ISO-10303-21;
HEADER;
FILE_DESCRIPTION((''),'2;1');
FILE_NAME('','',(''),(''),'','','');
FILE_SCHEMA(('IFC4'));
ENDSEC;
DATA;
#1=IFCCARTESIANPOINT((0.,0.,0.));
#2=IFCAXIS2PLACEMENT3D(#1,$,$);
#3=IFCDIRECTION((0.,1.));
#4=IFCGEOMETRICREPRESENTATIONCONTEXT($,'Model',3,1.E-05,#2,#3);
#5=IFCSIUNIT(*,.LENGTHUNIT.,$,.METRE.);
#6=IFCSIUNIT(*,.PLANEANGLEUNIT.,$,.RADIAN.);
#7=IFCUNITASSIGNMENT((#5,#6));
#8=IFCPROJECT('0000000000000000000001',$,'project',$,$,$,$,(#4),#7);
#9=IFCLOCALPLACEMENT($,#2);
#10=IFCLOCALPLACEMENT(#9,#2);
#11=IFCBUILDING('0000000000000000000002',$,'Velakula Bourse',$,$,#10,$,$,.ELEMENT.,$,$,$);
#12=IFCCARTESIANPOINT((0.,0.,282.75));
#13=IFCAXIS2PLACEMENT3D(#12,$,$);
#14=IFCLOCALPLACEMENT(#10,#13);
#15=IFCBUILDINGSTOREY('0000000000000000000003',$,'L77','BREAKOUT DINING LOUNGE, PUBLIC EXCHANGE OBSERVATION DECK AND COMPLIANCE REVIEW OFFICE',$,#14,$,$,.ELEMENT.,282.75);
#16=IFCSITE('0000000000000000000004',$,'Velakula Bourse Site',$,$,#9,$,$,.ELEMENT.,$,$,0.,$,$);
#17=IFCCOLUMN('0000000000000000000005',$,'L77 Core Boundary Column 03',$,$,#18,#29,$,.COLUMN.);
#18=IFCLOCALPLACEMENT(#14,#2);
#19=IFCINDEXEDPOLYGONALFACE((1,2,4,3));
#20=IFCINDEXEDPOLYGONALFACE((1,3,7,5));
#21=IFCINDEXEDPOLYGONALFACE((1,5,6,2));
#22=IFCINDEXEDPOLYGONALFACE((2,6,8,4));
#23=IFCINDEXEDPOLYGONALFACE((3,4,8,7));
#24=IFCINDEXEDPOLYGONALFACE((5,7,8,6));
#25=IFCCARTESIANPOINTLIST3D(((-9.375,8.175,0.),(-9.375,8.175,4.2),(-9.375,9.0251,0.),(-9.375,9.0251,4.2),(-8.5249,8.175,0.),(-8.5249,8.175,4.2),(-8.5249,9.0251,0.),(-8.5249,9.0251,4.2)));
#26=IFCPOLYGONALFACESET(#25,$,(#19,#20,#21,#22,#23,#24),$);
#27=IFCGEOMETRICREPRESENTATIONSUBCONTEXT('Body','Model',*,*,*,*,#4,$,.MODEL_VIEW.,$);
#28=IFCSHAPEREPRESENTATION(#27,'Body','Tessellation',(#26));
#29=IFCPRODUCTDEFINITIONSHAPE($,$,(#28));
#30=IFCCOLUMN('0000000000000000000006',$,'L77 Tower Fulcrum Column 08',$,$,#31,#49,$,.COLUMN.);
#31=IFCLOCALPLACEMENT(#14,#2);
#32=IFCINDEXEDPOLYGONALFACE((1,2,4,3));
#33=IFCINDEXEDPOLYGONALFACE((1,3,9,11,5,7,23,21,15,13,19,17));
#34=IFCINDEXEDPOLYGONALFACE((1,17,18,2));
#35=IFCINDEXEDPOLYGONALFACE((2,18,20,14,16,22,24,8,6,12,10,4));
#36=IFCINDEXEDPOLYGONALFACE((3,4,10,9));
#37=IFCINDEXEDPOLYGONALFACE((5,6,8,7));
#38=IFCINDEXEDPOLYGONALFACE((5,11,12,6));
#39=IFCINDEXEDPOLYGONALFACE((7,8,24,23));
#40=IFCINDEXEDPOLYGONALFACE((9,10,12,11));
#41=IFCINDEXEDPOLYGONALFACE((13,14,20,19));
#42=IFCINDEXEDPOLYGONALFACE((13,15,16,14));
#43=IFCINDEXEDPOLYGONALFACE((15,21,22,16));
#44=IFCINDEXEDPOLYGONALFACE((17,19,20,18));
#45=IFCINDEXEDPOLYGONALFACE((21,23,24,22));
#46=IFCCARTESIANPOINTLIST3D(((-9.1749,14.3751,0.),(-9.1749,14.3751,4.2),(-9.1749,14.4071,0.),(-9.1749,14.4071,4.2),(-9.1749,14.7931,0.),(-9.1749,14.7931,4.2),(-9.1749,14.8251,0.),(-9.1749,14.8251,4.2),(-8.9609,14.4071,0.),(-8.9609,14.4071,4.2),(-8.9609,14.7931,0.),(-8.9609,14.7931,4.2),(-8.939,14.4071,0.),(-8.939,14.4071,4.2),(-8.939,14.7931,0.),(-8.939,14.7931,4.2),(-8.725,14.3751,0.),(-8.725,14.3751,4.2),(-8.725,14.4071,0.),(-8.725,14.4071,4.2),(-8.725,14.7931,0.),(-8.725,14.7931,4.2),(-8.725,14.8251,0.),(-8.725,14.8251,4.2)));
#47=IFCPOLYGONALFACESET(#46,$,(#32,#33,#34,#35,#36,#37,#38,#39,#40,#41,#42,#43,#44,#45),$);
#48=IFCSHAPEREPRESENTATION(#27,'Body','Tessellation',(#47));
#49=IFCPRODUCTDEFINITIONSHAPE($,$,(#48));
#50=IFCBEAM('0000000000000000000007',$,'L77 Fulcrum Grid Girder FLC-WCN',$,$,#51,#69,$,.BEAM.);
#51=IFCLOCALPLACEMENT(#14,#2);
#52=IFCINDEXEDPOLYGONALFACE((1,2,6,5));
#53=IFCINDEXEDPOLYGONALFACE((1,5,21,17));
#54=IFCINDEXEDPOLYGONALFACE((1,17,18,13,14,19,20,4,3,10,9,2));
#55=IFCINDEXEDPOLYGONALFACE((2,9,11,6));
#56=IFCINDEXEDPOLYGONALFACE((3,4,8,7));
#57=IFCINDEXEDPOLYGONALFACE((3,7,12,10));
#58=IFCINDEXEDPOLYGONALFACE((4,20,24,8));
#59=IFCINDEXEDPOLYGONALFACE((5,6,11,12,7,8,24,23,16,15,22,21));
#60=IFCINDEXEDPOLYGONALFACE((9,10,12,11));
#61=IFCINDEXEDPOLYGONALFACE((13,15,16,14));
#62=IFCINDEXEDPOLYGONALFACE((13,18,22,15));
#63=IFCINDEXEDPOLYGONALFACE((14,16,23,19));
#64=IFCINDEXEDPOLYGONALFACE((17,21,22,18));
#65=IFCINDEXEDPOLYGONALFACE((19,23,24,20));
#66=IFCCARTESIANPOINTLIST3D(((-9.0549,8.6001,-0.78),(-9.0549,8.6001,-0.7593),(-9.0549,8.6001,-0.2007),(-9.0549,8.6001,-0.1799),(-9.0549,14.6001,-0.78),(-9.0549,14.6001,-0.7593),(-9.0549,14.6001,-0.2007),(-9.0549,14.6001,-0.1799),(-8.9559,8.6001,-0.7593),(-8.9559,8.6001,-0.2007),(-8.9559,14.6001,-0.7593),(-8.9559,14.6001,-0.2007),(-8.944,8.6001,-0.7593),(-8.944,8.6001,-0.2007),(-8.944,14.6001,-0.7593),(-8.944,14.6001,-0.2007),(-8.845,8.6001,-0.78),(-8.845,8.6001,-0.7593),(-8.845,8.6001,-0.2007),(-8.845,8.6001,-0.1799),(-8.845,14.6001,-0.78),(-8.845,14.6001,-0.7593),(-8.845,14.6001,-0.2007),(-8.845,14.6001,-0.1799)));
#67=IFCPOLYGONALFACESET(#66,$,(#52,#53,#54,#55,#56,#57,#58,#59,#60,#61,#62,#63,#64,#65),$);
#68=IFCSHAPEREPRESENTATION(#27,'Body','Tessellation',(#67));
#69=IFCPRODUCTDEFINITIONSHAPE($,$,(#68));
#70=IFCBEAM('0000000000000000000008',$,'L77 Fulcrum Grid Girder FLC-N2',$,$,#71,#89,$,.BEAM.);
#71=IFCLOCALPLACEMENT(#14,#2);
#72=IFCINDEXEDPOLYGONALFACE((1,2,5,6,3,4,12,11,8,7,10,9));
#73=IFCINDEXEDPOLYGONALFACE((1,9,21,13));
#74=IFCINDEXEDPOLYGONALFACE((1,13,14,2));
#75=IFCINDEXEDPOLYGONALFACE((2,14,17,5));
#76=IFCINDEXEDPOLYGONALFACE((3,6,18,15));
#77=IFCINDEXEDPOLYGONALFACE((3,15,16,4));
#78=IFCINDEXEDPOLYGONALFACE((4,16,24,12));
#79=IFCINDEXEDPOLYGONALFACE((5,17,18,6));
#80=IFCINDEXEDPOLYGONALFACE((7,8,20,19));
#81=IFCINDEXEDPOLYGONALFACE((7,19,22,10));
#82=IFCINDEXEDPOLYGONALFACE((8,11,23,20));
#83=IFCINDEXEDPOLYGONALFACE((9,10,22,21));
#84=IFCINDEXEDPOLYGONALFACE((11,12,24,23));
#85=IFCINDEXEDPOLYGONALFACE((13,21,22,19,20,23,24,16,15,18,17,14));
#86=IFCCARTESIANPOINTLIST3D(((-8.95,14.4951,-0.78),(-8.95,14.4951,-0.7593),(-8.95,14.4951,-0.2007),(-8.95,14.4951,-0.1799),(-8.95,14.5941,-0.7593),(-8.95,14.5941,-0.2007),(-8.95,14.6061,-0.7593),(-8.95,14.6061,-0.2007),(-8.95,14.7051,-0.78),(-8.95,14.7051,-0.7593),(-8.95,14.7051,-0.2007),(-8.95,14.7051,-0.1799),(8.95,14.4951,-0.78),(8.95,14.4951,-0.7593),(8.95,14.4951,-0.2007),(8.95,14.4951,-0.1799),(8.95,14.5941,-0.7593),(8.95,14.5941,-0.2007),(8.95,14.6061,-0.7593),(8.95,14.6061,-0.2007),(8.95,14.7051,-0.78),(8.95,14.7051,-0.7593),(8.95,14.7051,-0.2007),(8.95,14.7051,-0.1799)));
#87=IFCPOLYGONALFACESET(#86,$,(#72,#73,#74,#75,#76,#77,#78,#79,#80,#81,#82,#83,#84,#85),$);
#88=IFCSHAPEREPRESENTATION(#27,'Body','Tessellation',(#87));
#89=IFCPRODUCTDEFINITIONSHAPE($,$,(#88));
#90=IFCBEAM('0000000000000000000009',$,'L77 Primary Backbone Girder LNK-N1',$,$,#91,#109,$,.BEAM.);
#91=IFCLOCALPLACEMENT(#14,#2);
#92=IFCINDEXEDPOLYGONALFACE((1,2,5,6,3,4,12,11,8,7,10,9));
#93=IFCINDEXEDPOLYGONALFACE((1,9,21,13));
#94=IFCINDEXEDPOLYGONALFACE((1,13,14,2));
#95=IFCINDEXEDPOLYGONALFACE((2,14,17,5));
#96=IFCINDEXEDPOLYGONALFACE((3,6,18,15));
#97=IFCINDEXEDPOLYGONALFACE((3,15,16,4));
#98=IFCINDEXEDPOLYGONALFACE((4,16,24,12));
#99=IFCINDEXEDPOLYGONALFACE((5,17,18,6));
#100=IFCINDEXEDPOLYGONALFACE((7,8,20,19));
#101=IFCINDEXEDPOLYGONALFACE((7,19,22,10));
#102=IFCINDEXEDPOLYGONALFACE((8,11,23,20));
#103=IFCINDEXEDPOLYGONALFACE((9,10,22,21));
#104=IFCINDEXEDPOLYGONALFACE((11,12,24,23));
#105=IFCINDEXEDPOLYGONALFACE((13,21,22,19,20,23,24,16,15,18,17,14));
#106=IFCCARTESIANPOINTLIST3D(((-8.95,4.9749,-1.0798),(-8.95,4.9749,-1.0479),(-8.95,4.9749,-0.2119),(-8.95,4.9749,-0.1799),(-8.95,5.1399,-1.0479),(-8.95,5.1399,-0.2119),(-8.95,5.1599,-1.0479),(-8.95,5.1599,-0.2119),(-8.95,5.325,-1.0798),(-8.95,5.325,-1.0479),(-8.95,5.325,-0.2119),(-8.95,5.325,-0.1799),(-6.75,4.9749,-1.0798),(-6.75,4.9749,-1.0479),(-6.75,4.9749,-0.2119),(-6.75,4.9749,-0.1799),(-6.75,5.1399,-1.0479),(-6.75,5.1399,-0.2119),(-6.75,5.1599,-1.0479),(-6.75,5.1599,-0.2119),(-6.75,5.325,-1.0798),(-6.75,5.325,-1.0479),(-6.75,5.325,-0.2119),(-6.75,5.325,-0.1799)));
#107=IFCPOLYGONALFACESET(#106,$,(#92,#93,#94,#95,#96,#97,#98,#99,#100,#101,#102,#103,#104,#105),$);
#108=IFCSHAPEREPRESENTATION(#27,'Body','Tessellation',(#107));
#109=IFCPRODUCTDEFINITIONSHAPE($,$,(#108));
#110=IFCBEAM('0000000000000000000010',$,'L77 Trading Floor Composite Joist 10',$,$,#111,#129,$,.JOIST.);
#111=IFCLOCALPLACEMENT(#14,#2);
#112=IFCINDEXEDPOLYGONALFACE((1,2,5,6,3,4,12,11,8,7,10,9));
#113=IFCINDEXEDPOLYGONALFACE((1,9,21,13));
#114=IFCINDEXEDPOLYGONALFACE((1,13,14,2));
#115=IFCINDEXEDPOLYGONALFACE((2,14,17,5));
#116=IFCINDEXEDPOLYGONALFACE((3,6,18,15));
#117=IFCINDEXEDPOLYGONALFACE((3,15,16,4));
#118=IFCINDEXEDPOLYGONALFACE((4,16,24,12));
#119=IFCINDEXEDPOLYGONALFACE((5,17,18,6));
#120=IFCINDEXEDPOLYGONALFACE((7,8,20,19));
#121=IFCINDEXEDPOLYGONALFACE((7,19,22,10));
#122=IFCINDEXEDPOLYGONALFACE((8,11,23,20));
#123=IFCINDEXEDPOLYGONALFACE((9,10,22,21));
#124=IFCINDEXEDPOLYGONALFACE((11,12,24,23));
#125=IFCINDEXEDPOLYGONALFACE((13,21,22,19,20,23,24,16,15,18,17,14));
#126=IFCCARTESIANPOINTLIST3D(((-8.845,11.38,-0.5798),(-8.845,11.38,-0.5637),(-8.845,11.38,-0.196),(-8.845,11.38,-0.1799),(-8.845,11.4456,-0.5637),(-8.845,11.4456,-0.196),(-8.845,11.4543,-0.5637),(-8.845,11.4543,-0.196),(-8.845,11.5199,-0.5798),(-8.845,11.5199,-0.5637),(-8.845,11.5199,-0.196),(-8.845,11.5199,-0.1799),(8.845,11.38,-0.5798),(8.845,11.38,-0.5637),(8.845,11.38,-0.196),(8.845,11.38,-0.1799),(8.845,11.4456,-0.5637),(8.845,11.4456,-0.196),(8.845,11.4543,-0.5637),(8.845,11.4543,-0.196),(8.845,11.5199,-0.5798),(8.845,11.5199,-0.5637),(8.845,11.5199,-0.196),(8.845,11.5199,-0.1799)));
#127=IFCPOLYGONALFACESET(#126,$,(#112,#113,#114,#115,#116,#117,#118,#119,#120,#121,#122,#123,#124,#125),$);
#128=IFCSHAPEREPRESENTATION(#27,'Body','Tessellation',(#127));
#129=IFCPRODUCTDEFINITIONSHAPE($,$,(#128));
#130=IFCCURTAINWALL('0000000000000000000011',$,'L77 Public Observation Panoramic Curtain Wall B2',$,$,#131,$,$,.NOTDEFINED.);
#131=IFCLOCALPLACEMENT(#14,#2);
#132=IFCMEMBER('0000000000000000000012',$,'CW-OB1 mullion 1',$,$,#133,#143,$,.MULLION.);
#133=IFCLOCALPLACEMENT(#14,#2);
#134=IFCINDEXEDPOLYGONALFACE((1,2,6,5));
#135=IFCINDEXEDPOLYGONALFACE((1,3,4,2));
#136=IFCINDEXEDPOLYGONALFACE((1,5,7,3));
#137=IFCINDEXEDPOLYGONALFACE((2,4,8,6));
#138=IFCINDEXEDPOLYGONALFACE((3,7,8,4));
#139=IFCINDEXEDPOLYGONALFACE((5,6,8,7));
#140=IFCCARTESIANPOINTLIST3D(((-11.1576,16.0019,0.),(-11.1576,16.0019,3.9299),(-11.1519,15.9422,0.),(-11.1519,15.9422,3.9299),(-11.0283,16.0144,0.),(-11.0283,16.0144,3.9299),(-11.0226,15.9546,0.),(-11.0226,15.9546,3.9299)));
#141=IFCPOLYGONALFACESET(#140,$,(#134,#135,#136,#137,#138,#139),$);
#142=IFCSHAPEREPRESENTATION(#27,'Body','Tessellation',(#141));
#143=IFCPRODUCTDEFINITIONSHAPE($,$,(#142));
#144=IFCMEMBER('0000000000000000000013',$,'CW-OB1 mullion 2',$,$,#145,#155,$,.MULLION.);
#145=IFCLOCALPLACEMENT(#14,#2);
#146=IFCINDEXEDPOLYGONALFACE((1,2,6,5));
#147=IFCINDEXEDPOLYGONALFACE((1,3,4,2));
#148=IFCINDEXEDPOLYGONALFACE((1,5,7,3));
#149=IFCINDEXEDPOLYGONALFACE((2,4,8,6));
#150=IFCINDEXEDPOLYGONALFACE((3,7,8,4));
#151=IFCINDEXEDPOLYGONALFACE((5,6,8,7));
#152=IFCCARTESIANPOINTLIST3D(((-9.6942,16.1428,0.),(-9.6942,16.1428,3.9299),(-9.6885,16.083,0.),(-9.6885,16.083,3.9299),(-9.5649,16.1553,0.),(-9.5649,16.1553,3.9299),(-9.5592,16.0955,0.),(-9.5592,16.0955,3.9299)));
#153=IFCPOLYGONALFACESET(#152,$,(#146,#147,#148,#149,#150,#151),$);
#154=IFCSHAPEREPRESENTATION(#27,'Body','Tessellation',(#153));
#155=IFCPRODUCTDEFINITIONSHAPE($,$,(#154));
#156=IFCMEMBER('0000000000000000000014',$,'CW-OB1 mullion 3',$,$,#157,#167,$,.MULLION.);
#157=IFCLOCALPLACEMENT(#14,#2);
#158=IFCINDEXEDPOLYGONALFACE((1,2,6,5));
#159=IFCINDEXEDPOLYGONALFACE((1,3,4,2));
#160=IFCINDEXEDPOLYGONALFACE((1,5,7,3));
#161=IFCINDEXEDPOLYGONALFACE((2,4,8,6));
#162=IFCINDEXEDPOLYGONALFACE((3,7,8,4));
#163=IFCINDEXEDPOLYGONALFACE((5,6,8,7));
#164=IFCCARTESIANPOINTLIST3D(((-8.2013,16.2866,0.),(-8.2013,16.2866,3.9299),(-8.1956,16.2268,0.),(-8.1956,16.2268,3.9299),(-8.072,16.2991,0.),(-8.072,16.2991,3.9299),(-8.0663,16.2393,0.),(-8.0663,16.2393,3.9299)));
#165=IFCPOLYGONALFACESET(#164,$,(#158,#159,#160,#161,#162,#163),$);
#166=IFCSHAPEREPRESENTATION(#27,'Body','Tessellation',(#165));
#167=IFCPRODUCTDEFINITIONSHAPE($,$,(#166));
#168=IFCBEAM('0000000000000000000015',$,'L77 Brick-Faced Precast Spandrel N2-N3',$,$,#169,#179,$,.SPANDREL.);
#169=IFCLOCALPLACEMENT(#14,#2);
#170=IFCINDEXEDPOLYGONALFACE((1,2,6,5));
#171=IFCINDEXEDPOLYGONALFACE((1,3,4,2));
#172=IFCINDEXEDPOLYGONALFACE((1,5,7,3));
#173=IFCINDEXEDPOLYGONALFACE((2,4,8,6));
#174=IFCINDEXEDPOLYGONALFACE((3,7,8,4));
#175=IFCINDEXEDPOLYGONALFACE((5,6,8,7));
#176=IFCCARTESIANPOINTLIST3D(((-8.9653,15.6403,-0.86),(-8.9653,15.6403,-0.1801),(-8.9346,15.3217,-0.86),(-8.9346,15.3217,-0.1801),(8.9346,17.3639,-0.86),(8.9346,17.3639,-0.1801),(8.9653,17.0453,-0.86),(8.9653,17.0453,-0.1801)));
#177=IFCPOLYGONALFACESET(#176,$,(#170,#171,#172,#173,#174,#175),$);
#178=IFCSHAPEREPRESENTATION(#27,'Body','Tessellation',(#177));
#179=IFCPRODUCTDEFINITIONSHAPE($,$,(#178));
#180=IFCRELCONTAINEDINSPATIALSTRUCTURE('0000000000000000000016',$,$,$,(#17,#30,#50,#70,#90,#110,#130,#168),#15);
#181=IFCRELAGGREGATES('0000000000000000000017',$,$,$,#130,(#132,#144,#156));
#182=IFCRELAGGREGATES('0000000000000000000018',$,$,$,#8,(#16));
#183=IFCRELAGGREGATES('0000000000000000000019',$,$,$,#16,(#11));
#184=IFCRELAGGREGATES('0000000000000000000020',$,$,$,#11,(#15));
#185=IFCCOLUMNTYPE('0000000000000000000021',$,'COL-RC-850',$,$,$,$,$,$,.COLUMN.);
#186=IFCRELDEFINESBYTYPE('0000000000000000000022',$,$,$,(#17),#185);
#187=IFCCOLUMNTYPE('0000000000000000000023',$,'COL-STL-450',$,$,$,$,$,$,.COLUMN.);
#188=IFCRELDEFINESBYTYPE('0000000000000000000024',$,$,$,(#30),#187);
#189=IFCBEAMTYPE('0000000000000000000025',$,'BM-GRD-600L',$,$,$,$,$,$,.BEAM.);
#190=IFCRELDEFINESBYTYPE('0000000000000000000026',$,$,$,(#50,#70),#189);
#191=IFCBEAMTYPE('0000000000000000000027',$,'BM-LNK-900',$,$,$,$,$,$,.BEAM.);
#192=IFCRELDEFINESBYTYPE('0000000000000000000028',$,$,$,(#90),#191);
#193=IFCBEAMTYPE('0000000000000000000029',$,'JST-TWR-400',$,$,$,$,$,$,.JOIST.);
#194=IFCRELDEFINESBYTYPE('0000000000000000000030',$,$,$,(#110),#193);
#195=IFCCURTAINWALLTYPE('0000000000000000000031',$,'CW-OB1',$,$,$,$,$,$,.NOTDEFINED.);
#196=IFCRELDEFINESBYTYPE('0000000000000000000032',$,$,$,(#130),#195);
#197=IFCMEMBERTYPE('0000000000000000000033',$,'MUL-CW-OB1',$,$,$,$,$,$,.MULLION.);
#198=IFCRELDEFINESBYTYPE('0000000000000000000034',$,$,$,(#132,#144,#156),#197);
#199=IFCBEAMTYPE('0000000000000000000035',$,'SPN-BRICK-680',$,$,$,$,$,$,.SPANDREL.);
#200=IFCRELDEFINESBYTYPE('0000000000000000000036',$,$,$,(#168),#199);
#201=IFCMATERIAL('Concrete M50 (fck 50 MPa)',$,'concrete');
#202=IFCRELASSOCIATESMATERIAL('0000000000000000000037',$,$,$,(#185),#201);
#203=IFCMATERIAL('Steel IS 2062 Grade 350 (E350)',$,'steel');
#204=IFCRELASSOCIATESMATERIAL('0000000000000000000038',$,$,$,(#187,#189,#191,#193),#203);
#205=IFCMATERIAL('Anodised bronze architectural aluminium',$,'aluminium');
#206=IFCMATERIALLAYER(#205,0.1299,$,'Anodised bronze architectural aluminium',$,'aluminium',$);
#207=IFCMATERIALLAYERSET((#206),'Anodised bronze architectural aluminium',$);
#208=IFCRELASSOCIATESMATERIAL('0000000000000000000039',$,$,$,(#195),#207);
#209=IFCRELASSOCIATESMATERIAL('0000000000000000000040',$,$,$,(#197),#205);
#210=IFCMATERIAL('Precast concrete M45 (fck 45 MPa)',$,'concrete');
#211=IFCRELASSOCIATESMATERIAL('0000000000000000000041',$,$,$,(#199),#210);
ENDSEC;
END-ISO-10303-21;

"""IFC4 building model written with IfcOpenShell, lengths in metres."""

from ifc_helpers import new_model, si_unit, direction, frame, origin, origin_2d, place, context, subcontext, project, spatial, rectangle, i_section, extrude, material, layer, layer_set, material_profile, profile_set, type_object, element, aggregate, save


model = new_model("IFC4")

# Units and contexts
model_context = context("Model", 3, precision=1e-05, world=origin(), true_north=direction((0.0, 1.0)))
body_context = subcontext(model_context, "Body", "Model", "MODEL_VIEW")
ifc_project = project(units=[si_unit("LENGTHUNIT", "METRE"), si_unit("PLANEANGLEUNIT", "RADIAN")], contexts=[model_context])

# Site, building, storey
site_placement = place(None, origin())
site = spatial("IfcSite", under=ifc_project, at=site_placement, Name="Velakula Bourse Site", CompositionType="ELEMENT", RefElevation=0.0)
building_placement = place(site_placement, origin())
building = spatial("IfcBuilding", under=site, at=building_placement, Name="Velakula Bourse", CompositionType="ELEMENT")
storey_placement = place(building_placement, frame((0.0, 0.0, 282.75)))
storey = spatial("IfcBuildingStorey", under=building, at=storey_placement, Name="L77", Description="BREAKOUT DINING LOUNGE, PUBLIC EXCHANGE OBSERVATION DECK AND COMPLIANCE REVIEW OFFICE", CompositionType="ELEMENT", Elevation=282.75)

# Columns
ifc_material_1 = material(Name="Concrete M50 (fck 50 MPa)", Category="concrete")
ifc_material_profile_1 = material_profile(ifc_material_1, rectangle(XDim=0.8501, YDim=0.8501, at=origin_2d()), Name="Concrete M50 (fck 50 MPa)")
ifc_profile_set_1 = profile_set([ifc_material_profile_1], Name="Concrete M50 (fck 50 MPa)")
column_type_1 = type_object("IfcColumnType", Name="COL-RC-850", PredefinedType="COLUMN", material=ifc_profile_set_1)
column_1_placement = place(storey_placement, frame((-8.95, 8.6001, 0.0), z_axis=(0.0, 0.0, 1.0), x_axis=(1.0, 0.0, 0.0)))
element("IfcColumn", 1, at=column_1_placement, inside=storey, type_object=column_type_1, Name="L77 Core Boundary Column 03", PredefinedType="COLUMN", context=body_context, shape_type="SweptSolid", body=[
    extrude(rectangle(XDim=0.8501, YDim=0.8501, at=origin_2d()), origin(), (0.0, 0.0, 1.0), 4.2),
])
ifc_material_2 = material(Name="Steel IS 2062 Grade 350 (E350)", Category="steel")
ifc_material_profile_2 = material_profile(ifc_material_2, i_section(OverallWidth=0.45, OverallDepth=0.45, WebThickness=0.022, FlangeThickness=0.032, at=origin_2d()), Name="Steel IS 2062 Grade 350 (E350)")
ifc_profile_set_2 = profile_set([ifc_material_profile_2], Name="Steel IS 2062 Grade 350 (E350)")
column_type_2 = type_object("IfcColumnType", Name="COL-STL-450", PredefinedType="COLUMN", material=ifc_profile_set_2)
column_2_placement = place(storey_placement, frame((-8.95, 14.6001, 0.0), z_axis=(0.0, 0.0, 1.0), x_axis=(1.0, 0.0, 0.0)))
element("IfcColumn", 2, at=column_2_placement, inside=storey, type_object=column_type_2, Name="L77 Tower Fulcrum Column 08", PredefinedType="COLUMN", context=body_context, shape_type="SweptSolid", body=[
    extrude(i_section(OverallWidth=0.45, OverallDepth=0.45, WebThickness=0.022, FlangeThickness=0.032, at=origin_2d()), origin(), (0.0, 0.0, 1.0), 4.2),
])

# Beams
ifc_material_profile_3 = material_profile(ifc_material_2, i_section(OverallWidth=0.21, OverallDepth=0.6001, WebThickness=0.012, FlangeThickness=0.0208, at=origin_2d()), Name="Steel IS 2062 Grade 350 (E350)")
ifc_profile_set_3 = profile_set([ifc_material_profile_3], Name="Steel IS 2062 Grade 350 (E350)")
beam_type_1 = type_object("IfcBeamType", Name="BM-GRD-600L", PredefinedType="BEAM", material=ifc_profile_set_3)
beam_1_placement = place(storey_placement, frame((-8.95, 8.6001, -0.48), z_axis=(0.0, 1.0, 0.0), x_axis=(-1.0, 0.0, 0.0)))
element("IfcBeam", 3, at=beam_1_placement, inside=storey, type_object=beam_type_1, Name="L77 Fulcrum Grid Girder FLC-WCN", PredefinedType="BEAM", context=body_context, shape_type="SweptSolid", body=[
    extrude(i_section(OverallWidth=0.21, OverallDepth=0.6001, WebThickness=0.012, FlangeThickness=0.0208, at=origin_2d()), origin(), (0.0, 0.0, 1.0), 6.0),
])
beam_2_placement = place(storey_placement, frame((-8.95, 14.6001, -0.48), z_axis=(1.0, 0.0, 0.0), x_axis=(0.0, 1.0, 0.0)))
element("IfcBeam", 4, at=beam_2_placement, inside=storey, type_object=beam_type_1, Name="L77 Fulcrum Grid Girder FLC-N2", PredefinedType="BEAM", context=body_context, shape_type="SweptSolid", body=[
    extrude(i_section(OverallWidth=0.21, OverallDepth=0.6001, WebThickness=0.012, FlangeThickness=0.0208, at=origin_2d()), origin(), (0.0, 0.0, 1.0), 17.8999),
])
ifc_material_profile_4 = material_profile(ifc_material_2, i_section(OverallWidth=0.3501, OverallDepth=0.8999, WebThickness=0.02, FlangeThickness=0.032, at=origin_2d()), Name="Steel IS 2062 Grade 350 (E350)")
ifc_profile_set_4 = profile_set([ifc_material_profile_4], Name="Steel IS 2062 Grade 350 (E350)")
beam_type_2 = type_object("IfcBeamType", Name="BM-LNK-900", PredefinedType="BEAM", material=ifc_profile_set_4)
beam_3_placement = place(storey_placement, frame((-8.95, 5.1499, -0.6299), z_axis=(1.0, 0.0, 0.0), x_axis=(0.0, 1.0, 0.0)))
element("IfcBeam", 5, at=beam_3_placement, inside=storey, type_object=beam_type_2, Name="L77 Primary Backbone Girder LNK-N1", PredefinedType="BEAM", context=body_context, shape_type="SweptSolid", body=[
    extrude(i_section(OverallWidth=0.3501, OverallDepth=0.8999, WebThickness=0.02, FlangeThickness=0.032, at=origin_2d()), origin(), (0.0, 0.0, 1.0), 2.2),
])
ifc_material_profile_5 = material_profile(ifc_material_2, i_section(OverallWidth=0.1399, OverallDepth=0.3999, WebThickness=0.0088, FlangeThickness=0.0161, at=origin_2d()), Name="Steel IS 2062 Grade 350 (E350)")
ifc_profile_set_5 = profile_set([ifc_material_profile_5], Name="Steel IS 2062 Grade 350 (E350)")
beam_type_3 = type_object("IfcBeamType", Name="JST-TWR-400", PredefinedType="JOIST", material=ifc_profile_set_5)
beam_4_placement = place(storey_placement, frame((-8.845, 11.45, -0.3799), z_axis=(1.0, 0.0, 0.0), x_axis=(0.0, 1.0, 0.0)))
element("IfcBeam", 6, at=beam_4_placement, inside=storey, type_object=beam_type_3, Name="L77 Trading Floor Composite Joist 10", PredefinedType="JOIST", context=body_context, shape_type="SweptSolid", body=[
    extrude(i_section(OverallWidth=0.1399, OverallDepth=0.3999, WebThickness=0.0088, FlangeThickness=0.0161, at=origin_2d()), origin(), (0.0, 0.0, 1.0), 17.6899),
])

# Curtain wall, members
ifc_material_3 = material(Name="Anodised bronze architectural aluminium", Category="aluminium")
ifc_layer_1 = layer(ifc_material_3, 0.1299, Name="Anodised bronze architectural aluminium", Category="aluminium")
ifc_layer_set_1 = layer_set([ifc_layer_1], Name="Anodised bronze architectural aluminium")
curtain_wall_type = type_object("IfcCurtainWallType", Name="CW-OB1", PredefinedType="NOTDEFINED", material=ifc_layer_set_1)
curtain_wall_placement = place(storey_placement, origin())
curtain_wall = element("IfcCurtainWall", 7, at=curtain_wall_placement, inside=storey, type_object=curtain_wall_type, Name="L77 Public Observation Panoramic Curtain Wall B2", PredefinedType="NOTDEFINED")
ifc_material_profile_6 = material_profile(ifc_material_3, rectangle(XDim=0.0601, YDim=0.1299, at=origin_2d()), Name="Anodised bronze architectural aluminium")
ifc_profile_set_6 = profile_set([ifc_material_profile_6], Name="Anodised bronze architectural aluminium")
member_type_1 = type_object("IfcMemberType", Name="MUL-CW-OB1", PredefinedType="MULLION", material=ifc_profile_set_6)
member_1_placement = place(storey_placement, frame((-11.0901, 15.9783, 0.0), z_axis=(0.0, 0.0, 1.0), x_axis=(-0.095845, 0.995396, 0.0)))
member_1 = element("IfcMember", 8, at=member_1_placement, type_object=member_type_1, Name="CW-OB1 mullion 1", PredefinedType="MULLION", context=body_context, shape_type="SweptSolid", body=[
    extrude(rectangle(XDim=0.0601, YDim=0.1299, at=origin_2d()), origin(), (0.0, 0.0, 1.0), 3.9299),
])
member_2_placement = place(storey_placement, frame((-9.6267, 16.1191, 0.0), z_axis=(0.0, 0.0, 1.0), x_axis=(-0.095845, 0.995396, 0.0)))
member_2 = element("IfcMember", 9, at=member_2_placement, type_object=member_type_1, Name="CW-OB1 mullion 2", PredefinedType="MULLION", context=body_context, shape_type="SweptSolid", body=[
    extrude(rectangle(XDim=0.0601, YDim=0.1299, at=origin_2d()), origin(), (0.0, 0.0, 1.0), 3.9299),
])
member_3_placement = place(storey_placement, frame((-8.1338, 16.2629, 0.0), z_axis=(0.0, 0.0, 1.0), x_axis=(-0.095845, 0.995396, 0.0)))
member_3 = element("IfcMember", 10, at=member_3_placement, type_object=member_type_1, Name="CW-OB1 mullion 3", PredefinedType="MULLION", context=body_context, shape_type="SweptSolid", body=[
    extrude(rectangle(XDim=0.0601, YDim=0.1299, at=origin_2d()), origin(), (0.0, 0.0, 1.0), 3.9299),
])

# Beam
ifc_material_4 = material(Name="Precast concrete M45 (fck 45 MPa)", Category="concrete")
ifc_material_profile_7 = material_profile(ifc_material_4, rectangle(XDim=0.3201, YDim=0.6799, at=origin_2d()), Name="Precast concrete M45 (fck 45 MPa)")
ifc_profile_set_7 = profile_set([ifc_material_profile_7], Name="Precast concrete M45 (fck 45 MPa)")
beam_type_4 = type_object("IfcBeamType", Name="SPN-BRICK-680", PredefinedType="SPANDREL", material=ifc_profile_set_7)
beam_5_placement = place(storey_placement, frame((-8.95, 15.481, -0.52), z_axis=(0.995396, 0.09585, 0.0), x_axis=(-0.09585, 0.995396, 0.0)))
element("IfcBeam", 11, at=beam_5_placement, inside=storey, type_object=beam_type_4, Name="L77 Brick-Faced Precast Spandrel N2-N3", PredefinedType="SPANDREL", context=body_context, shape_type="SweptSolid", body=[
    extrude(rectangle(XDim=0.3201, YDim=0.6799, at=origin_2d()), origin(), (0.0, 0.0, 1.0), 17.9827),
])

aggregate(curtain_wall, [member_1, member_2, member_3])

save(model, "model.ifc")
